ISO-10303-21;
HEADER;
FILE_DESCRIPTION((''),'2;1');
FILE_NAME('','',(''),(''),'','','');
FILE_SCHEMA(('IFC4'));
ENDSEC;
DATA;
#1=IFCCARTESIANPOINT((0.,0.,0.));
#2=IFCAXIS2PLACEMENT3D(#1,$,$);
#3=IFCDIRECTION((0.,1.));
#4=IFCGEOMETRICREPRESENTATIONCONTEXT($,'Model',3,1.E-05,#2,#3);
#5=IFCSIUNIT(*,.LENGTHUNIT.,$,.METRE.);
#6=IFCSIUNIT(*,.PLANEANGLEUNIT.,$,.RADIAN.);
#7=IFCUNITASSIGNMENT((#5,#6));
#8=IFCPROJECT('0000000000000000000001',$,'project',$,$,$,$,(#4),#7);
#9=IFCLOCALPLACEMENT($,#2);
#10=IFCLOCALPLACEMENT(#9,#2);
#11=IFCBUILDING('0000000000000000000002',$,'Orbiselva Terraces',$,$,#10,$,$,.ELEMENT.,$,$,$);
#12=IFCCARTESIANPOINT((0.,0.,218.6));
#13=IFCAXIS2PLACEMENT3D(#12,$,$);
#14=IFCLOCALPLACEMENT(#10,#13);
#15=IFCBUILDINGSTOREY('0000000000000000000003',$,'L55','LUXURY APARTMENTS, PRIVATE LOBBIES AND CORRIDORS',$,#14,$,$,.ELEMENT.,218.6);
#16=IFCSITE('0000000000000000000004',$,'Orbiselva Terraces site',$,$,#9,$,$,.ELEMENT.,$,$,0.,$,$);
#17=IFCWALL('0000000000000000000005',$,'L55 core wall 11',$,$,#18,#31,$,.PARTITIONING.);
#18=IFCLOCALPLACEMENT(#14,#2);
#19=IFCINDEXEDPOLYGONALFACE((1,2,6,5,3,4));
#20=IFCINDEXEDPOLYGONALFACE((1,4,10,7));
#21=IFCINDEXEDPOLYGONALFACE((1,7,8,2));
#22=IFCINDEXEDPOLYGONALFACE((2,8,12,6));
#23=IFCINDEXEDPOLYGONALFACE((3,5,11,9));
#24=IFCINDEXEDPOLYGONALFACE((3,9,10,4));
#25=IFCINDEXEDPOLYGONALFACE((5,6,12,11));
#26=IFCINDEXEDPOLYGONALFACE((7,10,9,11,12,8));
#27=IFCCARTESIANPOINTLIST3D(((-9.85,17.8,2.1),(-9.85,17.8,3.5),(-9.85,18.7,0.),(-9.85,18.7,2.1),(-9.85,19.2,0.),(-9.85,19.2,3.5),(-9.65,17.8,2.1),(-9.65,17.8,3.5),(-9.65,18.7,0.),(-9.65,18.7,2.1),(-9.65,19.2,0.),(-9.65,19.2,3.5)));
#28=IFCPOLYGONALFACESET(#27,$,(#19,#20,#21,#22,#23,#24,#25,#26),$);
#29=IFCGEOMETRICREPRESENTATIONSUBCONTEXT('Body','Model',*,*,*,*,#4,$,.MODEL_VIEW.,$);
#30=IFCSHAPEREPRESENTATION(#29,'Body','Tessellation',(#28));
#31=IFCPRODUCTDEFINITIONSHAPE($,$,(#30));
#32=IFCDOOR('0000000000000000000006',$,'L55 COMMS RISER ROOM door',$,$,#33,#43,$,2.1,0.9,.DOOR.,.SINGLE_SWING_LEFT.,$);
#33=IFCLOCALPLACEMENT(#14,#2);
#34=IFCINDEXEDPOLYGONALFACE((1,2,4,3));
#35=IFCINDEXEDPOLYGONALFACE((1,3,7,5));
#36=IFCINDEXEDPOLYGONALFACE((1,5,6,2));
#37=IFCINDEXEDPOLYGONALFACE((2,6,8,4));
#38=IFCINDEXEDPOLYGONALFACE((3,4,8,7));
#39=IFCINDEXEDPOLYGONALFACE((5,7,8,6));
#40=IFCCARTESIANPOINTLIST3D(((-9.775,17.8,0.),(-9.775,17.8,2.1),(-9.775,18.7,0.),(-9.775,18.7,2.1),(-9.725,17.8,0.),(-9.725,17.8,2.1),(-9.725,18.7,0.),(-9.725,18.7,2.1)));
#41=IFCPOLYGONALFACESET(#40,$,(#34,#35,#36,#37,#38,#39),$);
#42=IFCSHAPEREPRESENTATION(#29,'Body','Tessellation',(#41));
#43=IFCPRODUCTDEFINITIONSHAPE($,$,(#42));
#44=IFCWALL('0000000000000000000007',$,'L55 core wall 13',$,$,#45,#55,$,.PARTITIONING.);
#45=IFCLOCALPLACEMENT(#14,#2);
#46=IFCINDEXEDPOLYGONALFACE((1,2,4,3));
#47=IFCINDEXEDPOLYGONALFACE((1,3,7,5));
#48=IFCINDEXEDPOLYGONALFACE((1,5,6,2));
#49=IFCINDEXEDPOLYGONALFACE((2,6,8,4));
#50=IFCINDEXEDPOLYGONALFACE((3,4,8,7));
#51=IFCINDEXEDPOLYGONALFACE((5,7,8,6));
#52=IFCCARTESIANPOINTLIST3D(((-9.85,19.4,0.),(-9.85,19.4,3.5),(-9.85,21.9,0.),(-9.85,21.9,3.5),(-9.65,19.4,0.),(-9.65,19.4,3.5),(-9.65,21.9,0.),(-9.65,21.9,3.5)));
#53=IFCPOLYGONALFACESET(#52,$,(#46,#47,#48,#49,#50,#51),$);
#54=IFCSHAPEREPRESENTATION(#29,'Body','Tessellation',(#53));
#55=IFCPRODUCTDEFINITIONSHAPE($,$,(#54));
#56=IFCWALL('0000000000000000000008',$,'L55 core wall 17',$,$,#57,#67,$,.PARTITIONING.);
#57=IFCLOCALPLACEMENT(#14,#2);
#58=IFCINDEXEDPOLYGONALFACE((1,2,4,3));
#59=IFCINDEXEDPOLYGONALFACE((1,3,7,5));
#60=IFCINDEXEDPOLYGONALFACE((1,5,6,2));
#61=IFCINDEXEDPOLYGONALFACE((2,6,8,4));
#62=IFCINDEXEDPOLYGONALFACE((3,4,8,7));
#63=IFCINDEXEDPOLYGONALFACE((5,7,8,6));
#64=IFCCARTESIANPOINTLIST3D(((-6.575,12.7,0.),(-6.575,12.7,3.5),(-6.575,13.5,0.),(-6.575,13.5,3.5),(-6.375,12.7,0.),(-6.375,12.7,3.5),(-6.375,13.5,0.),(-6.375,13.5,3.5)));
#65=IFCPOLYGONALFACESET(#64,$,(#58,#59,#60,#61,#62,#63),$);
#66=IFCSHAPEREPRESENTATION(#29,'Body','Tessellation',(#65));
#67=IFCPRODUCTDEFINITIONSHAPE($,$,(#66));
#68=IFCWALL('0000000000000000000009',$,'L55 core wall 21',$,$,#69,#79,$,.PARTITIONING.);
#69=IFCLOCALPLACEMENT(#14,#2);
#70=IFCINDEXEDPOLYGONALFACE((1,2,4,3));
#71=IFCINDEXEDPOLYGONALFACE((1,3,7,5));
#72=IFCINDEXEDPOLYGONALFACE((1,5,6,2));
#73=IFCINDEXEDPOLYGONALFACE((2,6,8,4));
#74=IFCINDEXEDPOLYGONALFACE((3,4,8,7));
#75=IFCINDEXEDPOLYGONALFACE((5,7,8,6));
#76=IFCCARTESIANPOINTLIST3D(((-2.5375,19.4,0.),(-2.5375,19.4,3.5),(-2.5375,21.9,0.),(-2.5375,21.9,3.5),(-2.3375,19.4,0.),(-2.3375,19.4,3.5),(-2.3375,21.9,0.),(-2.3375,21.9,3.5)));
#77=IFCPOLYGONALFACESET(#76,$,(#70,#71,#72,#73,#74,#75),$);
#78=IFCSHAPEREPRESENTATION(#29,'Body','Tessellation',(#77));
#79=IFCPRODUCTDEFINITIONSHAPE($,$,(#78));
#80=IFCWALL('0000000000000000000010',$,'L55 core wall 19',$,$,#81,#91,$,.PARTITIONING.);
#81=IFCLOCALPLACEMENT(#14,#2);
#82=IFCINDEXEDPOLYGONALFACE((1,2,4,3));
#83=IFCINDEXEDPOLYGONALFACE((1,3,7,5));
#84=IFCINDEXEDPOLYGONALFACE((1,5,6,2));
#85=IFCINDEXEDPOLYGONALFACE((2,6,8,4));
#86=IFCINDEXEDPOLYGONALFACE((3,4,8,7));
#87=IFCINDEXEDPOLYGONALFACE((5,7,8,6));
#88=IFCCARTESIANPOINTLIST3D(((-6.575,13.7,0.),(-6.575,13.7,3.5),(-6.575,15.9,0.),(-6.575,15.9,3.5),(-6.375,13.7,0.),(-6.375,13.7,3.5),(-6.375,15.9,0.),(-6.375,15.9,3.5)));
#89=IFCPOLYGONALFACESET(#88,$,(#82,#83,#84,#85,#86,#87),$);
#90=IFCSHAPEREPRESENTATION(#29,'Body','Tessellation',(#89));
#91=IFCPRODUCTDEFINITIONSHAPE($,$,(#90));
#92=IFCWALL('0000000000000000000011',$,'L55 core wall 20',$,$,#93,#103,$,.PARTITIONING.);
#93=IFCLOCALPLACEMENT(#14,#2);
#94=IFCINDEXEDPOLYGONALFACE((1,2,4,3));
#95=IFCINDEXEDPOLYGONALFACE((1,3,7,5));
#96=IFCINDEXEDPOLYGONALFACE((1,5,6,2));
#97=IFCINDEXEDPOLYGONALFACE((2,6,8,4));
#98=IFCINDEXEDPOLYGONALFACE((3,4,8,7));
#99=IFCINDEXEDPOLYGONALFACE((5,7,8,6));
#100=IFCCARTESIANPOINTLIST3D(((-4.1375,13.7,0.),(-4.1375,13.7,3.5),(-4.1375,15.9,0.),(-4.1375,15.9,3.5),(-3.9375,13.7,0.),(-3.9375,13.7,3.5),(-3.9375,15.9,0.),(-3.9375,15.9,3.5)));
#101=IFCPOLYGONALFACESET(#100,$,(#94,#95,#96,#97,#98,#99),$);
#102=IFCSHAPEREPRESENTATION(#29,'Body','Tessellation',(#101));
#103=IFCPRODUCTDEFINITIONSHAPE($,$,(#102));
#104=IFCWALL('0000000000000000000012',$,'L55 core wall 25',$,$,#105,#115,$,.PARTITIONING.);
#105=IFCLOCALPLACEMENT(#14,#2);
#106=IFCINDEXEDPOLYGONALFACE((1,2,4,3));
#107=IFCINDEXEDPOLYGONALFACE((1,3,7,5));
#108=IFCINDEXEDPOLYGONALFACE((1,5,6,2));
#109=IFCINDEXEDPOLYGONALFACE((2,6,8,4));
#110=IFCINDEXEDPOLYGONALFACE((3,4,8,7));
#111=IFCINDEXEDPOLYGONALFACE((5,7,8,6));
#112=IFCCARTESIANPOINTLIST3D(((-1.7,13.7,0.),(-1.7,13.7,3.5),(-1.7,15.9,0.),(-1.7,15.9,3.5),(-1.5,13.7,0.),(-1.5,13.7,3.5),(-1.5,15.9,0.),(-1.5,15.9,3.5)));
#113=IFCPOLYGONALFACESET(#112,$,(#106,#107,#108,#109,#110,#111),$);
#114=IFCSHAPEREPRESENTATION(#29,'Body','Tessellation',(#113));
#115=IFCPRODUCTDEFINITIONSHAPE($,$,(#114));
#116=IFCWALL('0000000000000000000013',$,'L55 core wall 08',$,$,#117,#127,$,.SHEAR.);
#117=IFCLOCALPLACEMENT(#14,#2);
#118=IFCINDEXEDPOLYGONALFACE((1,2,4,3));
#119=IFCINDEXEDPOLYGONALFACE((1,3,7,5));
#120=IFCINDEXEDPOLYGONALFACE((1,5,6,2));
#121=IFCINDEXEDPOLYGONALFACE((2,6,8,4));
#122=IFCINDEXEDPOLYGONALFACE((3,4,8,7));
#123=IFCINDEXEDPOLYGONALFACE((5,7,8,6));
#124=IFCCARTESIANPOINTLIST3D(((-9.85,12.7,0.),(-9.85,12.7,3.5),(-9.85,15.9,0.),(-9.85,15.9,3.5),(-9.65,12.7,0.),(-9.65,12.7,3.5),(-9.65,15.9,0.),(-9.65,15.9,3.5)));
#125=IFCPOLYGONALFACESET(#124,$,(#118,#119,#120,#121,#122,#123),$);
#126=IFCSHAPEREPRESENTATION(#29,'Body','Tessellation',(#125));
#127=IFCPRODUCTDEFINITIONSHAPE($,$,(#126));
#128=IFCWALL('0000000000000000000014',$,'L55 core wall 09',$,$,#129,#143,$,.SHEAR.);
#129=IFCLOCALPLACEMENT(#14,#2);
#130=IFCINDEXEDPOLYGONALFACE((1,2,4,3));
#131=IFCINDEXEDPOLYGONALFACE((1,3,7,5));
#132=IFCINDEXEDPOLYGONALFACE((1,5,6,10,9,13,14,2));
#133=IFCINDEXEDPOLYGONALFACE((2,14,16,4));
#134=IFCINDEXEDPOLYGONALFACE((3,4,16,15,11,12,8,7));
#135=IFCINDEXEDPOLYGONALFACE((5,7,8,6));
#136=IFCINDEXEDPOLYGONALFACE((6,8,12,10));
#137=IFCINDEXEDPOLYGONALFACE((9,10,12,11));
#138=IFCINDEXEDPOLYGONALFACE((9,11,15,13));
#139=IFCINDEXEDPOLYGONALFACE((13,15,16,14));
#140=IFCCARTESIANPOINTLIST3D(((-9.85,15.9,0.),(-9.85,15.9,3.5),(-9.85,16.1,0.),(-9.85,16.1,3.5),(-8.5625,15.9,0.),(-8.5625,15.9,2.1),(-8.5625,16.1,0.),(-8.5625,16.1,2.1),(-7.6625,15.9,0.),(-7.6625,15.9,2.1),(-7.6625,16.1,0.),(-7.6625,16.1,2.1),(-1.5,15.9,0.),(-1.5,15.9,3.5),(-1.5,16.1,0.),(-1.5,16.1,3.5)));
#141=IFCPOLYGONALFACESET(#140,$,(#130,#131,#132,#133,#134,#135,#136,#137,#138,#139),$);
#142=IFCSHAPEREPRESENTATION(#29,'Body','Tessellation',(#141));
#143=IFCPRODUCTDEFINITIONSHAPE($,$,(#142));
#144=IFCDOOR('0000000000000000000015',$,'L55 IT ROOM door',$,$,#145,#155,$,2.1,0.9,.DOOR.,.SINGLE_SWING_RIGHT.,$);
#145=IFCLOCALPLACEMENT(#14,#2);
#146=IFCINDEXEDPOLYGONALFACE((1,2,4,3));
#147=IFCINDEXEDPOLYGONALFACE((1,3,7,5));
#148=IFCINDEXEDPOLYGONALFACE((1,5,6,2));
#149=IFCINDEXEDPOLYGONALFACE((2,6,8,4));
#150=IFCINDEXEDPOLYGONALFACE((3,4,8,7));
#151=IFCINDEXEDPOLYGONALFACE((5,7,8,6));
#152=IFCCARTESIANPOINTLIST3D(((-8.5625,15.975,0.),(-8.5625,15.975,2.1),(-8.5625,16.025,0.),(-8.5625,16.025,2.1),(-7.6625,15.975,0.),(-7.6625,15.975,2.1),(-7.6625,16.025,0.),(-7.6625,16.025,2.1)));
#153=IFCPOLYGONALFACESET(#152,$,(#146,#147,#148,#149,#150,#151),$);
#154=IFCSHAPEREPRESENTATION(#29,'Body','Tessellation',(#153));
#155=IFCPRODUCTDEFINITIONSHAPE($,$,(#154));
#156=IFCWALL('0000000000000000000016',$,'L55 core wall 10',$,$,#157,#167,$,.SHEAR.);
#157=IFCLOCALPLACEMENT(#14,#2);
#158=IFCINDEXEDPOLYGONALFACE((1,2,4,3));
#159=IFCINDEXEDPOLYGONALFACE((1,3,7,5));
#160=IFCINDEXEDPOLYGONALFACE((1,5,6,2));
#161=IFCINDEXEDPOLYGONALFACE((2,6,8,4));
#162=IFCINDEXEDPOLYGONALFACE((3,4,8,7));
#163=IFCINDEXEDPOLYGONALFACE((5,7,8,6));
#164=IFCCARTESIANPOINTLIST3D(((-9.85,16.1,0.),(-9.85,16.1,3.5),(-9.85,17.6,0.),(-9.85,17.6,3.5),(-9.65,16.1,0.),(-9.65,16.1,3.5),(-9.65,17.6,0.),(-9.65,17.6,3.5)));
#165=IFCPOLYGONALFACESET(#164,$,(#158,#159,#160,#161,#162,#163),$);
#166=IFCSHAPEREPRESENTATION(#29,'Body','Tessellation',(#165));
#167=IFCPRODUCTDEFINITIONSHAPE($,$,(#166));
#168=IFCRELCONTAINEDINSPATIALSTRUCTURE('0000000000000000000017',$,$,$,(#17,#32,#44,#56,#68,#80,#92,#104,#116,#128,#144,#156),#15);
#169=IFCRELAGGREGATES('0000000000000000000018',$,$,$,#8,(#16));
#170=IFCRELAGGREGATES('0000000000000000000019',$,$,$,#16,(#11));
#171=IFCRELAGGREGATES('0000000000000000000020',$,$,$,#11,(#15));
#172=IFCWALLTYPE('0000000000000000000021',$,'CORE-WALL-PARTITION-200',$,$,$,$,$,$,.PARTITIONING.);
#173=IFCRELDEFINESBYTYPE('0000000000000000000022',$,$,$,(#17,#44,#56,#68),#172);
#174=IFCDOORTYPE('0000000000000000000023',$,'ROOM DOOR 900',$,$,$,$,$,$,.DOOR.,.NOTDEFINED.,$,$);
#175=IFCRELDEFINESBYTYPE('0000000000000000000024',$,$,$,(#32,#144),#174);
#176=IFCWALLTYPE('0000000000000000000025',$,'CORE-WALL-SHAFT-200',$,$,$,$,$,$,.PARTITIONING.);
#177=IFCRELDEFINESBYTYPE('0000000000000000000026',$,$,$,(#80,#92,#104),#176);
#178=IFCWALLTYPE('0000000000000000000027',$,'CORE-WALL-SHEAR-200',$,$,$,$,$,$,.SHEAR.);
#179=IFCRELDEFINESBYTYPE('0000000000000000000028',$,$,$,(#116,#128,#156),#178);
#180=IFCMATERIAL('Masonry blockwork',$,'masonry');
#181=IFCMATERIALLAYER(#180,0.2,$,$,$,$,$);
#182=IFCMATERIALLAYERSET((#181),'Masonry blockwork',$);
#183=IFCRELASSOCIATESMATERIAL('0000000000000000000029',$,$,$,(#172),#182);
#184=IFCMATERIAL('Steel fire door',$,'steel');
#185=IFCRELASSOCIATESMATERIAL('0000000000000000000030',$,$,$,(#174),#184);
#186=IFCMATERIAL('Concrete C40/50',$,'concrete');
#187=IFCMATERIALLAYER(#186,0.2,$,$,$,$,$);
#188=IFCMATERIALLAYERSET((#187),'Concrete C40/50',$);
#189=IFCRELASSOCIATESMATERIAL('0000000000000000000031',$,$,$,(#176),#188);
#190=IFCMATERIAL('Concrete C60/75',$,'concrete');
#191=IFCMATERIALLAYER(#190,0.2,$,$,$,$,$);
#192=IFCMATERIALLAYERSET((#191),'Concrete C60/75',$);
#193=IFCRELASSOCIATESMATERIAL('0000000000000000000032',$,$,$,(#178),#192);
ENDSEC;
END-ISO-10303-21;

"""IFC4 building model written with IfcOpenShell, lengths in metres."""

from ifc_helpers import new_model, si_unit, direction, frame, frame_2d, origin, place, context, subcontext, project, spatial, rectangle, extrude, material, layer, layer_set, type_object, element, fill, save


model = new_model("IFC4")

# Units and contexts
model_context = context("Model", 3, precision=1e-05, world=origin(), true_north=direction((0.0, 1.0)))
body_context = subcontext(model_context, "Body", "Model", "MODEL_VIEW")
ifc_project = project(units=[si_unit("LENGTHUNIT", "METRE"), si_unit("PLANEANGLEUNIT", "RADIAN")], contexts=[model_context])

# Site, building, storey
site_placement = place(None, origin())
site = spatial("IfcSite", under=ifc_project, at=site_placement, Name="Orbiselva Terraces site", CompositionType="ELEMENT", RefElevation=0.0)
building_placement = place(site_placement, origin())
building = spatial("IfcBuilding", under=site, at=building_placement, Name="Orbiselva Terraces", CompositionType="ELEMENT")
storey_placement = place(building_placement, frame((0.0, 0.0, 218.6)))
storey = spatial("IfcBuildingStorey", under=building, at=storey_placement, Name="L55", Description="LUXURY APARTMENTS, PRIVATE LOBBIES AND CORRIDORS", CompositionType="ELEMENT", Elevation=218.6)

# Wall, opening, door
ifc_material_1 = material(Name="Masonry blockwork", Category="masonry")
ifc_layer_1 = layer(ifc_material_1, 0.2)
ifc_layer_set_1 = layer_set([ifc_layer_1], Name="Masonry blockwork")
wall_type_1 = type_object("IfcWallType", Name="CORE-WALL-PARTITION-200", PredefinedType="PARTITIONING", material=ifc_layer_set_1)
wall_1_placement = place(storey_placement, frame((-9.75, 17.8, 0.0), z_axis=(0.0, 0.0, 1.0), x_axis=(0.0, 1.0, 0.0)))
wall_1 = element("IfcWall", 1, at=wall_1_placement, inside=storey, type_object=wall_type_1, Name="L55 core wall 11", PredefinedType="PARTITIONING", context=body_context, shape_type="SweptSolid", body=[
    extrude(rectangle(XDim=1.4, YDim=0.2, at=frame_2d((0.7, 0.0))), origin(), (0.0, 0.0, 1.0), 3.5),
])
opening_1_placement = place(wall_1_placement, origin())
opening_1 = element("IfcOpeningElement", 2, at=opening_1_placement, cuts=wall_1, PredefinedType="OPENING", context=body_context, shape_type="SweptSolid", body=[
    extrude(rectangle(XDim=0.9, YDim=2.1, at=frame_2d((0.45, 1.05))), frame((0.0, 0.11, 0.0), z_axis=(0.0, -1.0, 0.0), x_axis=(1.0, 0.0, 0.0)), (0.0, 0.0, 1.0), 0.22),
])
ifc_material_2 = material(Name="Steel fire door", Category="steel")
door_type_1 = type_object("IfcDoorType", Name="ROOM DOOR 900", OperationType="NOTDEFINED", PredefinedType="DOOR", material=ifc_material_2)
door_1_placement = place(opening_1_placement, origin())
door_1 = element("IfcDoor", 3, at=door_1_placement, inside=storey, type_object=door_type_1, Name="L55 COMMS RISER ROOM door", OperationType="SINGLE_SWING_LEFT", OverallHeight=2.1, OverallWidth=0.9, PredefinedType="DOOR", context=body_context, shape_type="SweptSolid", body=[
    extrude(rectangle(XDim=0.9, YDim=2.1, at=frame_2d((0.45, 1.05))), frame((0.0, 0.025, 0.0), z_axis=(0.0, -1.0, 0.0), x_axis=(1.0, 0.0, 0.0)), (0.0, 0.0, 1.0), 0.05),
])
fill(opening_1, door_1)

# Walls
wall_2_placement = place(storey_placement, frame((-9.75, 19.4, 0.0), z_axis=(0.0, 0.0, 1.0), x_axis=(0.0, 1.0, 0.0)))
element("IfcWall", 4, at=wall_2_placement, inside=storey, type_object=wall_type_1, Name="L55 core wall 13", PredefinedType="PARTITIONING", context=body_context, shape_type="SweptSolid", body=[
    extrude(rectangle(XDim=2.5, YDim=0.2, at=frame_2d((1.25, 0.0))), origin(), (0.0, 0.0, 1.0), 3.5),
])
wall_3_placement = place(storey_placement, frame((-6.475, 12.7, 0.0), z_axis=(0.0, 0.0, 1.0), x_axis=(0.0, 1.0, 0.0)))
element("IfcWall", 5, at=wall_3_placement, inside=storey, type_object=wall_type_1, Name="L55 core wall 17", PredefinedType="PARTITIONING", context=body_context, shape_type="SweptSolid", body=[
    extrude(rectangle(XDim=0.8, YDim=0.2, at=frame_2d((0.4, 0.0))), origin(), (0.0, 0.0, 1.0), 3.5),
])
wall_4_placement = place(storey_placement, frame((-2.4375, 19.4, 0.0), z_axis=(0.0, 0.0, 1.0), x_axis=(0.0, 1.0, 0.0)))
element("IfcWall", 6, at=wall_4_placement, inside=storey, type_object=wall_type_1, Name="L55 core wall 21", PredefinedType="PARTITIONING", context=body_context, shape_type="SweptSolid", body=[
    extrude(rectangle(XDim=2.5, YDim=0.2, at=frame_2d((1.25, 0.0))), origin(), (0.0, 0.0, 1.0), 3.5),
])
ifc_material_3 = material(Name="Concrete C40/50", Category="concrete")
ifc_layer_2 = layer(ifc_material_3, 0.2)
ifc_layer_set_2 = layer_set([ifc_layer_2], Name="Concrete C40/50")
wall_type_2 = type_object("IfcWallType", Name="CORE-WALL-SHAFT-200", PredefinedType="PARTITIONING", material=ifc_layer_set_2)
for number, where, z_axis, x_axis, name in (
    (7, (-6.475, 13.7, 0.0), (0.0, 0.0, 1.0), (0.0, 1.0, 0.0), "L55 core wall 19"),
    (8, (-4.0375, 13.7, 0.0), (0.0, 0.0, 1.0), (0.0, 1.0, 0.0), "L55 core wall 20"),
    (9, (-1.6, 13.7, 0.0), (0.0, 0.0, 1.0), (0.0, 1.0, 0.0), "L55 core wall 25"),
):
    element("IfcWall", number, at=place(storey_placement, frame(where, z_axis=z_axis, x_axis=x_axis)), inside=storey, type_object=wall_type_2, Name=name, PredefinedType="PARTITIONING", context=body_context, shape_type="SweptSolid", body=[
        extrude(rectangle(XDim=2.2, YDim=0.2, at=frame_2d((1.1, 0.0))), origin(), (0.0, 0.0, 1.0), 3.5),
    ])
ifc_material_4 = material(Name="Concrete C60/75", Category="concrete")
ifc_layer_3 = layer(ifc_material_4, 0.2)
ifc_layer_set_3 = layer_set([ifc_layer_3], Name="Concrete C60/75")
wall_type_3 = type_object("IfcWallType", Name="CORE-WALL-SHEAR-200", PredefinedType="SHEAR", material=ifc_layer_set_3)
wall_5_placement = place(storey_placement, frame((-9.75, 12.7, 0.0), z_axis=(0.0, 0.0, 1.0), x_axis=(0.0, 1.0, 0.0)))
element("IfcWall", 10, at=wall_5_placement, inside=storey, type_object=wall_type_3, Name="L55 core wall 08", PredefinedType="SHEAR", context=body_context, shape_type="SweptSolid", body=[
    extrude(rectangle(XDim=3.2, YDim=0.2, at=frame_2d((1.6, 0.0))), origin(), (0.0, 0.0, 1.0), 3.5),
])

# Wall, opening, door
wall_6_placement = place(storey_placement, frame((-1.5, 16.0, 0.0), z_axis=(0.0, 0.0, 1.0), x_axis=(-1.0, 0.0, 0.0)))
wall_6 = element("IfcWall", 11, at=wall_6_placement, inside=storey, type_object=wall_type_3, Name="L55 core wall 09", PredefinedType="SHEAR", context=body_context, shape_type="SweptSolid", body=[
    extrude(rectangle(XDim=8.35, YDim=0.2, at=frame_2d((4.175, 0.0))), origin(), (0.0, 0.0, 1.0), 3.5),
])
opening_2_placement = place(wall_6_placement, frame((6.1625, 0.0, 0.0)))
opening_2 = element("IfcOpeningElement", 12, at=opening_2_placement, cuts=wall_6, PredefinedType="OPENING", context=body_context, shape_type="SweptSolid", body=[
    extrude(rectangle(XDim=0.9, YDim=2.1, at=frame_2d((0.45, 1.05))), frame((0.0, 0.11, 0.0), z_axis=(0.0, -1.0, 0.0), x_axis=(1.0, 0.0, 0.0)), (0.0, 0.0, 1.0), 0.22),
])
door_2_placement = place(opening_2_placement, origin())
door_2 = element("IfcDoor", 13, at=door_2_placement, inside=storey, type_object=door_type_1, Name="L55 IT ROOM door", OperationType="SINGLE_SWING_RIGHT", OverallHeight=2.1, OverallWidth=0.9, PredefinedType="DOOR", context=body_context, shape_type="SweptSolid", body=[
    extrude(rectangle(XDim=0.9, YDim=2.1, at=frame_2d((0.45, 1.05))), frame((0.0, 0.025, 0.0), z_axis=(0.0, -1.0, 0.0), x_axis=(1.0, 0.0, 0.0)), (0.0, 0.0, 1.0), 0.05),
])
fill(opening_2, door_2)

# Wall
wall_7_placement = place(storey_placement, frame((-9.75, 16.1, 0.0), z_axis=(0.0, 0.0, 1.0), x_axis=(0.0, 1.0, 0.0)))
element("IfcWall", 14, at=wall_7_placement, inside=storey, type_object=wall_type_3, Name="L55 core wall 10", PredefinedType="SHEAR", context=body_context, shape_type="SweptSolid", body=[
    extrude(rectangle(XDim=1.5, YDim=0.2, at=frame_2d((0.75, 0.0))), origin(), (0.0, 0.0, 1.0), 3.5),
])

save(model, "model.ifc")
